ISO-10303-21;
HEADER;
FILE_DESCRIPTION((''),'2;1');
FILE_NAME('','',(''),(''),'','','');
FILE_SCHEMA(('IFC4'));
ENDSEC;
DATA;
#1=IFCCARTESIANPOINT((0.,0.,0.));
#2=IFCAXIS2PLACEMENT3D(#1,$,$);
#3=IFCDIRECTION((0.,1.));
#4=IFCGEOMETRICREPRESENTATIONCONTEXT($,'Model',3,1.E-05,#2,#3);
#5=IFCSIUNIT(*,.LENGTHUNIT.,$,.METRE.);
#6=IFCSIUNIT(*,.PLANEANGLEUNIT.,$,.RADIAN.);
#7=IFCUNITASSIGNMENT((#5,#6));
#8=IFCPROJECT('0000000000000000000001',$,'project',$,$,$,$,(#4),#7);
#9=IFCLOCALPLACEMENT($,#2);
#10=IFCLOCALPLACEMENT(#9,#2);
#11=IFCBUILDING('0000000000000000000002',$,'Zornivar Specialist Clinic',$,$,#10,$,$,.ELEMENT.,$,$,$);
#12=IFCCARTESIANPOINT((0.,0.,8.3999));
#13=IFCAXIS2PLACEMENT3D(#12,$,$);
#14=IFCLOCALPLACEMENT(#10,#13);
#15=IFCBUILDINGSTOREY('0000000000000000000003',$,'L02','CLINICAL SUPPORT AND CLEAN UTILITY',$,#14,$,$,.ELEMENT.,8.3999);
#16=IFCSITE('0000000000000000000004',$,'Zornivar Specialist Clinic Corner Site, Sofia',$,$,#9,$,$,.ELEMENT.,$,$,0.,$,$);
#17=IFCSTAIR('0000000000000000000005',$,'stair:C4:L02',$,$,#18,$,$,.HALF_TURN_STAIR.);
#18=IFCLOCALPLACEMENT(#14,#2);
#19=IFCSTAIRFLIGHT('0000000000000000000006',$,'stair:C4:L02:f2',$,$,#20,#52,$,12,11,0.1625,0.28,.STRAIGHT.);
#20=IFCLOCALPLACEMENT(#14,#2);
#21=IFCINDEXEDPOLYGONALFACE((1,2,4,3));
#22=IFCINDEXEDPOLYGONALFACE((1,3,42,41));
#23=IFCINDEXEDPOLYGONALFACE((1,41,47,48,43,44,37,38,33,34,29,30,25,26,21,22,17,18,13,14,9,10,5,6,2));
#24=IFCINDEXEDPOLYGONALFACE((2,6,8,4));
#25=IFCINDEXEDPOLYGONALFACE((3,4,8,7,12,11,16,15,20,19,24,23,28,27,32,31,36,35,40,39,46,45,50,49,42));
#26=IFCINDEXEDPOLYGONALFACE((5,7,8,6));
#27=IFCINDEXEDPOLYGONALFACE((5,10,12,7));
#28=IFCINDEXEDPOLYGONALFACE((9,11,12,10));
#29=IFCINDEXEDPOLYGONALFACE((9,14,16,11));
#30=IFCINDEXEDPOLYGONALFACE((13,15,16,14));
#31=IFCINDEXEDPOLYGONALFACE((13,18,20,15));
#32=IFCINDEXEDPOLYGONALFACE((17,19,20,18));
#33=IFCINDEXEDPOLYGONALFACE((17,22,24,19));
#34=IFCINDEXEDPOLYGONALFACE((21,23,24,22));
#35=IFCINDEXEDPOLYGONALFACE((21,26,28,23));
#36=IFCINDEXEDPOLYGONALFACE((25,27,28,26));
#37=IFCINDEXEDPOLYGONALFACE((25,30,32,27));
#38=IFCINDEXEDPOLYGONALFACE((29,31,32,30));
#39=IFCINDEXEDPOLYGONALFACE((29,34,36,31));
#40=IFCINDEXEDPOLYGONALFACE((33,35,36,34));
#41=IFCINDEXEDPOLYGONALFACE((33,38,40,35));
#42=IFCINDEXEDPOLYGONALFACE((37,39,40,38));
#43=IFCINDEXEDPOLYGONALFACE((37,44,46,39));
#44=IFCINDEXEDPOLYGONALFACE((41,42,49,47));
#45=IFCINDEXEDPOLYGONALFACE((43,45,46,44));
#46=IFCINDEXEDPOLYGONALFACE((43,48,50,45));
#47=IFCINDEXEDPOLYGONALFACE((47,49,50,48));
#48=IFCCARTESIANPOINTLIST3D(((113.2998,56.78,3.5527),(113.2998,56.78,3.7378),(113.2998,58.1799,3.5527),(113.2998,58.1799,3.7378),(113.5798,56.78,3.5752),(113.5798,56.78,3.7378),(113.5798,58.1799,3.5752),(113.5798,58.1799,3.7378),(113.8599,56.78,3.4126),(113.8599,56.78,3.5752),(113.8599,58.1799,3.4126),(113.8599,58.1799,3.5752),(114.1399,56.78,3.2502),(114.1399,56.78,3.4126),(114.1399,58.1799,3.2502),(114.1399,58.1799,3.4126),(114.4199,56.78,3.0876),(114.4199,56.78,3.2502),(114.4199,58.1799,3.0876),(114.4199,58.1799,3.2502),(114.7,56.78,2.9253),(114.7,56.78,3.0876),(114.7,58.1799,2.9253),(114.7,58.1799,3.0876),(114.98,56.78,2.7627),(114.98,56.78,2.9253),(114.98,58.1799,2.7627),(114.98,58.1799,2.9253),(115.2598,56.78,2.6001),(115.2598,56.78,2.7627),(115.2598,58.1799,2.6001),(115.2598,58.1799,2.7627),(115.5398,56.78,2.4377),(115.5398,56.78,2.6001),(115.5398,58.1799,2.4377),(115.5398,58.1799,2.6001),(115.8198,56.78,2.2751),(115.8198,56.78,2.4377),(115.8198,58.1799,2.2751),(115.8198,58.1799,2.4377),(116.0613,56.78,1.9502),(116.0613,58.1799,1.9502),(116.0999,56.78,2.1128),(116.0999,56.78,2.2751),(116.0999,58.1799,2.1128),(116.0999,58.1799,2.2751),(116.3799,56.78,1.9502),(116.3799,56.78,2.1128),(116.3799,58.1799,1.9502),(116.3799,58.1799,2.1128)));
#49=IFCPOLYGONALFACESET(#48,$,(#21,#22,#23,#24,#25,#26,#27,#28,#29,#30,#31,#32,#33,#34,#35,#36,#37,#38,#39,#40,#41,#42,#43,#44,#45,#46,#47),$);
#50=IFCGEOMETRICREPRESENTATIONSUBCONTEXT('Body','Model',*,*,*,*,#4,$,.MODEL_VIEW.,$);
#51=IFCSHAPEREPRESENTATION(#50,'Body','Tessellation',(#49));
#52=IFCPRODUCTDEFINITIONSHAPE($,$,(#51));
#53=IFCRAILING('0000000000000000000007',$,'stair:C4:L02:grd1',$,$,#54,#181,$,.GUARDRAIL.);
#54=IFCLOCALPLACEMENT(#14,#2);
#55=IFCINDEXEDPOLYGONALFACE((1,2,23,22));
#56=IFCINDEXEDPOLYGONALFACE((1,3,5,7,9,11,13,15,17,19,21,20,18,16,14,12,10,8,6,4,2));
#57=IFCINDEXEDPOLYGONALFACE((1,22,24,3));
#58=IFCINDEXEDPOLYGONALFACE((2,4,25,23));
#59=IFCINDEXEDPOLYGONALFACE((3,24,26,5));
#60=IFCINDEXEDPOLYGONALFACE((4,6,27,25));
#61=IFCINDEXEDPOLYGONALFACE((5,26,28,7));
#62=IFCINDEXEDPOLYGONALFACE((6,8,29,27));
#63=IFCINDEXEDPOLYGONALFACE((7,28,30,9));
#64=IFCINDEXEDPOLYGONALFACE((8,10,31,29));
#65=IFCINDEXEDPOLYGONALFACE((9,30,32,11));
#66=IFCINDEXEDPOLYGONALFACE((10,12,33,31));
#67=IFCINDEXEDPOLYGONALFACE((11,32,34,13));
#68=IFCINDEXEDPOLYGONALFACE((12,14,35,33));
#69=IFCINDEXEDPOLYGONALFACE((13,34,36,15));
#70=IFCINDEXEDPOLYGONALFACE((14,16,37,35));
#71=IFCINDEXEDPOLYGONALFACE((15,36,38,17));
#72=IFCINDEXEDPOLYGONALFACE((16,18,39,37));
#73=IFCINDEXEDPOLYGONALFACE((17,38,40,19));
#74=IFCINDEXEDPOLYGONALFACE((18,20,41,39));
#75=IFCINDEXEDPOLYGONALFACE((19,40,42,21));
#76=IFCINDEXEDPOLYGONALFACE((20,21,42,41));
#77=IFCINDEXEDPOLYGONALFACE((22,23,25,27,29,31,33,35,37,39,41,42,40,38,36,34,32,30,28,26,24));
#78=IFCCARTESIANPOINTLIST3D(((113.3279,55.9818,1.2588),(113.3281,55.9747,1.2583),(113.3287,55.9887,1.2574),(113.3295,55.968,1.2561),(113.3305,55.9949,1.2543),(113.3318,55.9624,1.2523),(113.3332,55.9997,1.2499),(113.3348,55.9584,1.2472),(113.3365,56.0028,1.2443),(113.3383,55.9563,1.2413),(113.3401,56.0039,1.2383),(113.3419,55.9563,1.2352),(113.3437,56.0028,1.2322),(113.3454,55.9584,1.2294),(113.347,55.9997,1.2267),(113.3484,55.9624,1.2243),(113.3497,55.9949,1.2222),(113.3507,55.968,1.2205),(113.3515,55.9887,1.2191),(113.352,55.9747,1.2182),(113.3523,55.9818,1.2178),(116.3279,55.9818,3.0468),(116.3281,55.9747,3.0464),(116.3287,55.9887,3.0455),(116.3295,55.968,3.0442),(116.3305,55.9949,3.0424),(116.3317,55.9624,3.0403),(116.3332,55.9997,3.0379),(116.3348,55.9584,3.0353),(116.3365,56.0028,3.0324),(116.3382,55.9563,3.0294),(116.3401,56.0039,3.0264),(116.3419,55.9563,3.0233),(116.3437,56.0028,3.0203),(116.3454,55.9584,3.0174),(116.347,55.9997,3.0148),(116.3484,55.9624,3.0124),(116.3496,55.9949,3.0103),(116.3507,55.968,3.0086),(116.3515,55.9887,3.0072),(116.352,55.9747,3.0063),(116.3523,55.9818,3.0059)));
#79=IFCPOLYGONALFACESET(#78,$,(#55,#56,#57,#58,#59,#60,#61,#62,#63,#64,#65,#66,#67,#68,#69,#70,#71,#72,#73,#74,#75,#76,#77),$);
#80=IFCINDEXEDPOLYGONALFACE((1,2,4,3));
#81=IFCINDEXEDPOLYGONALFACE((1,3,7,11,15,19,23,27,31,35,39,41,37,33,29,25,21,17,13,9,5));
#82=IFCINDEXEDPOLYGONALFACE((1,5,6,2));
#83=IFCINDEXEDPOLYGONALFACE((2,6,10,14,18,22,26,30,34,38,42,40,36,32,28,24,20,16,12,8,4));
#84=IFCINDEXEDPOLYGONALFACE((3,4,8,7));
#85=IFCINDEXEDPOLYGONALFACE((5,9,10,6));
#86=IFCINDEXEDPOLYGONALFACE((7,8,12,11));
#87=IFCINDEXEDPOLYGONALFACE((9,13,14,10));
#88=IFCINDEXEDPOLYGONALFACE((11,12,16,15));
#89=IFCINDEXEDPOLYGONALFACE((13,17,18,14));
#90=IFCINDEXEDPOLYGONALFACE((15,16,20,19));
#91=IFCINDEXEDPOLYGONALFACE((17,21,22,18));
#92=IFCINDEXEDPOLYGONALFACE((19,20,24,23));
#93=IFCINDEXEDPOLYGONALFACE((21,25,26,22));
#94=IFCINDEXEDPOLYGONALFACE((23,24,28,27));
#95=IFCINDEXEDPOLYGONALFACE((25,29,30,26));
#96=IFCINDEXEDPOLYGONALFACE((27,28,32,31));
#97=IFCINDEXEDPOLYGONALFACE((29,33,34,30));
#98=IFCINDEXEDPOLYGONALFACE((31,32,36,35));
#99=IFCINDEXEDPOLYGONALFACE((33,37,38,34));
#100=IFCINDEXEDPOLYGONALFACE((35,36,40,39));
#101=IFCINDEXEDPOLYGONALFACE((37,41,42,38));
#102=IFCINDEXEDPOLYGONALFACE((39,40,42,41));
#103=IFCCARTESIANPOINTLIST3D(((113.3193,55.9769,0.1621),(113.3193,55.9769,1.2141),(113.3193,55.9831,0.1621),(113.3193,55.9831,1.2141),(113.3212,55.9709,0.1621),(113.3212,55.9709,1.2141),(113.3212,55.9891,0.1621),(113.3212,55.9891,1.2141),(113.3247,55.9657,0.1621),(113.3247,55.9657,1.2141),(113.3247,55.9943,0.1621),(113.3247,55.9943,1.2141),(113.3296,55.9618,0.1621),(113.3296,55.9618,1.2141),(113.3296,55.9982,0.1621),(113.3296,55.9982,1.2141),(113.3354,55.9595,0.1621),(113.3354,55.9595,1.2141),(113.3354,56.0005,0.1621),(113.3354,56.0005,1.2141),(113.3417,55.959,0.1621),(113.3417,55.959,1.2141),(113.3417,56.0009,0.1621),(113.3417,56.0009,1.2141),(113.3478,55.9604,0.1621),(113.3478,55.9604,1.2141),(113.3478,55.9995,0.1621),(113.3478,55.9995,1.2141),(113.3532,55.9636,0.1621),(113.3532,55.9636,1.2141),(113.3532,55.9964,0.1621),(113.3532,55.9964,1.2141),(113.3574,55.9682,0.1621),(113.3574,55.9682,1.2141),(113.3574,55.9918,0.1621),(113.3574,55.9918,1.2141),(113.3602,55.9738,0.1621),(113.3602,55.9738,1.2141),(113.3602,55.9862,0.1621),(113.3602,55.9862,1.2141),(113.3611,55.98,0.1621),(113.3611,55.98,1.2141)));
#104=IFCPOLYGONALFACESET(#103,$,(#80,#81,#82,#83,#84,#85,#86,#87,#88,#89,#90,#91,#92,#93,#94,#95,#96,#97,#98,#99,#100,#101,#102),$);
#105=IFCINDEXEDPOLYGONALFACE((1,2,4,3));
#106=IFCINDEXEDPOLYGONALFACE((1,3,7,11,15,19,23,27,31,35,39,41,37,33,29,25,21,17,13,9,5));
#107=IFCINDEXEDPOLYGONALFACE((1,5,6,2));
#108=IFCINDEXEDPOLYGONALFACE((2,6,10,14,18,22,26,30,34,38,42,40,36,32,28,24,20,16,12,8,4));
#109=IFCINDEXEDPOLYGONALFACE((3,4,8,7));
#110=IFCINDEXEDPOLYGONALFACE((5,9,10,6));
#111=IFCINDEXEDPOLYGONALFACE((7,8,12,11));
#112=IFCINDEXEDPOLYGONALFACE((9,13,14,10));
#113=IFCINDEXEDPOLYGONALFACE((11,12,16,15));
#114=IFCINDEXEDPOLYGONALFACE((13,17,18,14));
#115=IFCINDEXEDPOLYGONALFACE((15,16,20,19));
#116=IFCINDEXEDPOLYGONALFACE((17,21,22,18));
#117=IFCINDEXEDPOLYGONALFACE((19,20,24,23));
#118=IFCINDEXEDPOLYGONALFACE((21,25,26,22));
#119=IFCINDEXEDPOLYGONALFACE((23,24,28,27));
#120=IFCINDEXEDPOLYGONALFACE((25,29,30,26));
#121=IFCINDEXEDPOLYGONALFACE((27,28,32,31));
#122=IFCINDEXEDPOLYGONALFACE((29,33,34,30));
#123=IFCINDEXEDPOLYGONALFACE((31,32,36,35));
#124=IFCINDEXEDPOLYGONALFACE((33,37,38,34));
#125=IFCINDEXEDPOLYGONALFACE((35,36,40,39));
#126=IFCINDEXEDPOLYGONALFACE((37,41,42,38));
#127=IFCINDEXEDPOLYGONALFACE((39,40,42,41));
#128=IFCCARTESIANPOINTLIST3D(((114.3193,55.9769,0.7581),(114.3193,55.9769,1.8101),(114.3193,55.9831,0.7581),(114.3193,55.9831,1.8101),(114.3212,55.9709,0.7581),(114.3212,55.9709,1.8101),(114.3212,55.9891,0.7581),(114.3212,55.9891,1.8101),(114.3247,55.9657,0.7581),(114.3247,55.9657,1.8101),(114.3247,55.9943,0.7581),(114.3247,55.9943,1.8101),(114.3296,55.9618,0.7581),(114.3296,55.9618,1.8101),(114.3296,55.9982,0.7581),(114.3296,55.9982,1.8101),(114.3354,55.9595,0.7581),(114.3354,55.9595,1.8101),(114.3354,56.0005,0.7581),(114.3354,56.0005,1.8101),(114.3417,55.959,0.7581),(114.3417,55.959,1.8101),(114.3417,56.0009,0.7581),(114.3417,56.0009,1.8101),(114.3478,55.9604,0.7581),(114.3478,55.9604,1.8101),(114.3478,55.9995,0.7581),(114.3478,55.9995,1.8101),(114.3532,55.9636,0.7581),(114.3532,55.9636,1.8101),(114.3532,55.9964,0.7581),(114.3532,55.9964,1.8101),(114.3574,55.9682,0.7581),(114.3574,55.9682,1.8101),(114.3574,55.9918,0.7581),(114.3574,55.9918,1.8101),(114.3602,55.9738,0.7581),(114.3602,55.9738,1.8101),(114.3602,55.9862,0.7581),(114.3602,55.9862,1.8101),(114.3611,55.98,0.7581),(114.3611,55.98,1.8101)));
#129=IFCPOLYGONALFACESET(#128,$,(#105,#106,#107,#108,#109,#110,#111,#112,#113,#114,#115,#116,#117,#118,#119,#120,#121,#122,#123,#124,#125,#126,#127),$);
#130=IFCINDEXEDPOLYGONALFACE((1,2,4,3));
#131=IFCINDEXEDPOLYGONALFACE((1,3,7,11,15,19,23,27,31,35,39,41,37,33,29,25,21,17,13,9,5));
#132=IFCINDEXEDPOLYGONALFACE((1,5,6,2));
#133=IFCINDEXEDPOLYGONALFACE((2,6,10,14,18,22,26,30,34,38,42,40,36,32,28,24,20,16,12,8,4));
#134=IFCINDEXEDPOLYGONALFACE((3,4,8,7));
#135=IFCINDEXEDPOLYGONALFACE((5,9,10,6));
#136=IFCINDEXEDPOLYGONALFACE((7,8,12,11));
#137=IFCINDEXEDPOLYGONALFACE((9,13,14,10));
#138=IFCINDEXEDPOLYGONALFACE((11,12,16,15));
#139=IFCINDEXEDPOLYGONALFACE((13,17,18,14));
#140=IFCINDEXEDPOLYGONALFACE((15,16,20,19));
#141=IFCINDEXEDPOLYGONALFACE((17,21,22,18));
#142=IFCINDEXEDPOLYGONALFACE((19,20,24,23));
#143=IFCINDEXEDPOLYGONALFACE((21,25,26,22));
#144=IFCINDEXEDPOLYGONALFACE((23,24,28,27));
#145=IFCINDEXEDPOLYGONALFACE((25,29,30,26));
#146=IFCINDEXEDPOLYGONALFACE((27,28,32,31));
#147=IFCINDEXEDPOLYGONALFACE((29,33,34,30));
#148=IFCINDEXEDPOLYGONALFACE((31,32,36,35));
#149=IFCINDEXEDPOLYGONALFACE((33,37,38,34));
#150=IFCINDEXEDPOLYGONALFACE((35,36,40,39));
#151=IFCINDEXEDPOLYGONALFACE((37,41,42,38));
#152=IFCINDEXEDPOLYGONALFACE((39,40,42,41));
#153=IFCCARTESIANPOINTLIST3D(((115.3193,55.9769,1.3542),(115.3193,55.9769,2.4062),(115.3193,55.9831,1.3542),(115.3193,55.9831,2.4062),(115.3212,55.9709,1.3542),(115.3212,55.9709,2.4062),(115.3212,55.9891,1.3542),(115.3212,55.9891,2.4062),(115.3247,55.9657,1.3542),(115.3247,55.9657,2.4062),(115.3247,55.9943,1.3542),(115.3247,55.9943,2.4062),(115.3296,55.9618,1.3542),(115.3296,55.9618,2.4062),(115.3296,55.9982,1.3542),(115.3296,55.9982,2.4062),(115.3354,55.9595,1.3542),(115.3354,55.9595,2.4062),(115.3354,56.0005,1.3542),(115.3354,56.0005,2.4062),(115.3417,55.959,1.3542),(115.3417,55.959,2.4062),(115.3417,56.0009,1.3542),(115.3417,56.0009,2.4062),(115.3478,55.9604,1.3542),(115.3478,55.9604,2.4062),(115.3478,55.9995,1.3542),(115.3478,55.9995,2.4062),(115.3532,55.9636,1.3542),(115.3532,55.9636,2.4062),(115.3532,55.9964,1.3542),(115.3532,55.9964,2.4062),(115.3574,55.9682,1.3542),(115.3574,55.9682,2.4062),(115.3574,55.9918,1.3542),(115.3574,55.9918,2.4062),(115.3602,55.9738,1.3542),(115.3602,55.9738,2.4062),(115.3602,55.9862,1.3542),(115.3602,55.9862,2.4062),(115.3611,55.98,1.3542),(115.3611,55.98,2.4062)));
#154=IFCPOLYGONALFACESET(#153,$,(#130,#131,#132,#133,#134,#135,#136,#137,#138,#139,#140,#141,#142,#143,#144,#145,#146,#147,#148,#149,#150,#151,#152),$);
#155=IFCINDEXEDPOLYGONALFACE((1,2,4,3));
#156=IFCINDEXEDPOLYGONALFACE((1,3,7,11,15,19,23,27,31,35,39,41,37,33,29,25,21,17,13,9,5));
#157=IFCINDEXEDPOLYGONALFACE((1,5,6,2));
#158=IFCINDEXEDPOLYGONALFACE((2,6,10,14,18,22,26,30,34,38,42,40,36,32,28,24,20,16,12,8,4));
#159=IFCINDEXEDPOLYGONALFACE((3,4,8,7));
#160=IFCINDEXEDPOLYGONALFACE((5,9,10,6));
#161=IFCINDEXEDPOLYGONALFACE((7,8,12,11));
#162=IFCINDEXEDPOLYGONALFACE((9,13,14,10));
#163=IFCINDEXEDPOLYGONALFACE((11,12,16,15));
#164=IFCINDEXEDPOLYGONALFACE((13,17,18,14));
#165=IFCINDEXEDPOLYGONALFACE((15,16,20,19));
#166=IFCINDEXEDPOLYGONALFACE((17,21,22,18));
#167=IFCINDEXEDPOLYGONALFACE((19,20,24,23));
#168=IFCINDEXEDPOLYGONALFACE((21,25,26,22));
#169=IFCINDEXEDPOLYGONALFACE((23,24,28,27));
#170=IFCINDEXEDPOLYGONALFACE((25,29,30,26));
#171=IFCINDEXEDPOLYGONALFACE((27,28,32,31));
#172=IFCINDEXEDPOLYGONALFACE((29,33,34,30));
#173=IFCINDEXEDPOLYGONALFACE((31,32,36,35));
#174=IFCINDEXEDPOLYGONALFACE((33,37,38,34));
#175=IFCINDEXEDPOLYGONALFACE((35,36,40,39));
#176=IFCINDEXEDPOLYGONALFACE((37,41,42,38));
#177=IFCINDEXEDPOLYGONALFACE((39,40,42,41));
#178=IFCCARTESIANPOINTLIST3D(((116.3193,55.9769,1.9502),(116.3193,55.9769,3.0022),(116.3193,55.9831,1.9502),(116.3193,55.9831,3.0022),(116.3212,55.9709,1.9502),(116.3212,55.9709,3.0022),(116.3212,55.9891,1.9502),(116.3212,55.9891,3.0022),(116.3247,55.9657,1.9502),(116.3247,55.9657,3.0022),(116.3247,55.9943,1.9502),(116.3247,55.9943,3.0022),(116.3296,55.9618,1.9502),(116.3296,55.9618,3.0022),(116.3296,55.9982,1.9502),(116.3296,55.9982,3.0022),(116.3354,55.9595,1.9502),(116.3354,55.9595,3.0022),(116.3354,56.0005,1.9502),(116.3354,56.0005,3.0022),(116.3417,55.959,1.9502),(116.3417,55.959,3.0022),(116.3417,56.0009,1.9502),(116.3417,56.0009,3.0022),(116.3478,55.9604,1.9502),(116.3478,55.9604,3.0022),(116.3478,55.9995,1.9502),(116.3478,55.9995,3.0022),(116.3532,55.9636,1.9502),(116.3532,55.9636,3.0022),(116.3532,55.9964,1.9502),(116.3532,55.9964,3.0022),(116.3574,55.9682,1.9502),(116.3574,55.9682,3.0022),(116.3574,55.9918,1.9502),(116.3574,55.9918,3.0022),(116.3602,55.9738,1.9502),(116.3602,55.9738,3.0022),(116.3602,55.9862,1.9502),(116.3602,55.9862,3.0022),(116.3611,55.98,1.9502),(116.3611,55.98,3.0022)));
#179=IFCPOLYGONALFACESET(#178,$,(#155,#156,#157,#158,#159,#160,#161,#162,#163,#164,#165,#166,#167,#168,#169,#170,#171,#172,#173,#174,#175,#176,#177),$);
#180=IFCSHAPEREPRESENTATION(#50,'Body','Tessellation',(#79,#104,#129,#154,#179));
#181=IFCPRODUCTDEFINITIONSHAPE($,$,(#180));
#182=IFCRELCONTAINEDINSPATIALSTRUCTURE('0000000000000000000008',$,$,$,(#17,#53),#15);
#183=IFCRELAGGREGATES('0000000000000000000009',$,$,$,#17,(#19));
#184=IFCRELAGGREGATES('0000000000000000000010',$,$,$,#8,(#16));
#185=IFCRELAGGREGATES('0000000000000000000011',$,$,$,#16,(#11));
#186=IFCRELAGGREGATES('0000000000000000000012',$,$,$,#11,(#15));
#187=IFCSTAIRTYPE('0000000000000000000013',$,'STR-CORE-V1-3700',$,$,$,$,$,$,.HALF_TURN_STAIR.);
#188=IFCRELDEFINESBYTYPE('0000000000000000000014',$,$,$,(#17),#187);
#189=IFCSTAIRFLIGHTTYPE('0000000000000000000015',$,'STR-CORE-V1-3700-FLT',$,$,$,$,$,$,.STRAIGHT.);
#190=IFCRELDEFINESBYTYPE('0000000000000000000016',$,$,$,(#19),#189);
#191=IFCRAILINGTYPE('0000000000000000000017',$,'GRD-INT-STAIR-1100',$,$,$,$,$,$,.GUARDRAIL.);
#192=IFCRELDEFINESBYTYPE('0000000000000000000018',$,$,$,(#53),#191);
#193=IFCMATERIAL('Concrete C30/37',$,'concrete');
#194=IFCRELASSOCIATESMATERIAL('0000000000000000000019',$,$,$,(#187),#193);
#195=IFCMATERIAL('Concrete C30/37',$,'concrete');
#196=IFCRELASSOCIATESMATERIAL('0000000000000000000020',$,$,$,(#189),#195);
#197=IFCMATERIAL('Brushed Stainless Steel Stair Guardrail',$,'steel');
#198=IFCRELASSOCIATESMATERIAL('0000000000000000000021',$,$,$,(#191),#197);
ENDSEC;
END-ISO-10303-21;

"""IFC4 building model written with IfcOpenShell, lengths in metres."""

from ifc_helpers import new_model, si_unit, direction, frame, origin, origin_2d, place, context, subcontext, project, spatial, polyline, circle, outline, extrude, material, type_object, element, aggregate, save


model = new_model("IFC4")

# Units and contexts
model_context = context("Model", 3, precision=1e-05, world=origin(), true_north=direction((0.0, 1.0)))
body_context = subcontext(model_context, "Body", "Model", "MODEL_VIEW")
ifc_project = project(units=[si_unit("LENGTHUNIT", "METRE"), si_unit("PLANEANGLEUNIT", "RADIAN")], contexts=[model_context])

# Site, building, storey
site_placement = place(None, origin())
site = spatial("IfcSite", under=ifc_project, at=site_placement, Name="Zornivar Specialist Clinic Corner Site, Sofia", CompositionType="ELEMENT", RefElevation=0.0)
building_placement = place(site_placement, origin())
building = spatial("IfcBuilding", under=site, at=building_placement, Name="Zornivar Specialist Clinic", CompositionType="ELEMENT")
storey_placement = place(building_placement, frame((0.0, 0.0, 8.3999)))
storey = spatial("IfcBuildingStorey", under=building, at=storey_placement, Name="L02", Description="CLINICAL SUPPORT AND CLEAN UTILITY", CompositionType="ELEMENT", Elevation=8.3999)

# Stair, stair flight
ifc_material_1 = material(Name="Concrete C30/37", Category="concrete")
stair_type = type_object("IfcStairType", Name="STR-CORE-V1-3700", PredefinedType="HALF_TURN_STAIR", material=ifc_material_1)
stair_placement = place(storey_placement, origin())
stair = element("IfcStair", 1, at=stair_placement, inside=storey, type_object=stair_type, Name="stair:C4:L02", PredefinedType="HALF_TURN_STAIR")
ifc_material_2 = material(Name="Concrete C30/37", Category="concrete")
stair_flight_type = type_object("IfcStairFlightType", Name="STR-CORE-V1-3700-FLT", PredefinedType="STRAIGHT", material=ifc_material_2)
stair_flight_1_placement = place(storey_placement, frame((116.3799, 57.48, 1.9502), z_axis=(0.0, 0.0, 1.0), x_axis=(-1.0, 0.0, 0.0)))
stair_flight_1 = element("IfcStairFlight", 2, at=stair_flight_1_placement, type_object=stair_flight_type, Name="stair:C4:L02:f2", NumberOfRisers=12, NumberOfTreads=11, PredefinedType="STRAIGHT", RiserHeight=0.1625, TreadLength=0.28, context=body_context, shape_type="SweptSolid", body=[
    extrude(outline(polyline([(0.0, 0.0), (0.0, 0.1626), (0.28, 0.1626), (0.28, 0.325), (0.5601, 0.325), (0.5601, 0.4875), (0.8401, 0.4875), (0.8401, 0.6499), (1.1201, 0.6499), (1.1201, 0.8125), (1.3999, 0.8125), (1.3999, 0.9751), (1.6799, 0.9751), (1.6799, 1.1375), (1.96, 1.1375), (1.96, 1.3), (2.24, 1.3), (2.24, 1.4624), (2.52, 1.4624), (2.52, 1.625), (2.8, 1.625), (2.8, 1.7876), (3.0801, 1.7876), (3.0801, 1.95), (3.0801, 1.6025), (0.3186, 0.0), (0.0, 0.0)])), frame((0.0, 0.7, 0.0), z_axis=(0.0, -1.0, 0.0), x_axis=(1.0, 0.0, 0.0)), (0.0, 0.0, 1.0), 1.3999),
])
aggregate(stair, [stair_flight_1])

# Railing
ifc_material_3 = material(Name="Brushed Stainless Steel Stair Guardrail", Category="steel")
railing_type_1 = type_object("IfcRailingType", Name="GRD-INT-STAIR-1100", PredefinedType="GUARDRAIL", material=ifc_material_3)
railing_1_placement = place(storey_placement, frame((113.3401, 55.98, 0.1621)))
element("IfcRailing", 3, at=railing_1_placement, inside=storey, type_object=railing_type_1, Name="stair:C4:L02:grd1", PredefinedType="GUARDRAIL", context=body_context, shape_type="SweptSolid", body=[
    extrude(circle(Radius=0.0239, at=origin_2d()), frame((0.0, 0.0, 1.0762), z_axis=(0.858994, 0.0, 0.511985), x_axis=(0.0, 1.0, 0.0)), (0.0, 0.0, 1.0), 3.4924),
    extrude(circle(Radius=0.021, at=origin_2d()), origin(), (0.0, 0.0, 1.0), 1.052),
    extrude(circle(Radius=0.021, at=origin_2d()), frame((1.0, 0.0, 0.5959)), (0.0, 0.0, 1.0), 1.052),
    extrude(circle(Radius=0.021, at=origin_2d()), frame((2.0, 0.0, 1.1921)), (0.0, 0.0, 1.0), 1.052),
    extrude(circle(Radius=0.021, at=origin_2d()), frame((3.0, 0.0, 1.7881)), (0.0, 0.0, 1.0), 1.052),
])

save(model, "model.ifc")
